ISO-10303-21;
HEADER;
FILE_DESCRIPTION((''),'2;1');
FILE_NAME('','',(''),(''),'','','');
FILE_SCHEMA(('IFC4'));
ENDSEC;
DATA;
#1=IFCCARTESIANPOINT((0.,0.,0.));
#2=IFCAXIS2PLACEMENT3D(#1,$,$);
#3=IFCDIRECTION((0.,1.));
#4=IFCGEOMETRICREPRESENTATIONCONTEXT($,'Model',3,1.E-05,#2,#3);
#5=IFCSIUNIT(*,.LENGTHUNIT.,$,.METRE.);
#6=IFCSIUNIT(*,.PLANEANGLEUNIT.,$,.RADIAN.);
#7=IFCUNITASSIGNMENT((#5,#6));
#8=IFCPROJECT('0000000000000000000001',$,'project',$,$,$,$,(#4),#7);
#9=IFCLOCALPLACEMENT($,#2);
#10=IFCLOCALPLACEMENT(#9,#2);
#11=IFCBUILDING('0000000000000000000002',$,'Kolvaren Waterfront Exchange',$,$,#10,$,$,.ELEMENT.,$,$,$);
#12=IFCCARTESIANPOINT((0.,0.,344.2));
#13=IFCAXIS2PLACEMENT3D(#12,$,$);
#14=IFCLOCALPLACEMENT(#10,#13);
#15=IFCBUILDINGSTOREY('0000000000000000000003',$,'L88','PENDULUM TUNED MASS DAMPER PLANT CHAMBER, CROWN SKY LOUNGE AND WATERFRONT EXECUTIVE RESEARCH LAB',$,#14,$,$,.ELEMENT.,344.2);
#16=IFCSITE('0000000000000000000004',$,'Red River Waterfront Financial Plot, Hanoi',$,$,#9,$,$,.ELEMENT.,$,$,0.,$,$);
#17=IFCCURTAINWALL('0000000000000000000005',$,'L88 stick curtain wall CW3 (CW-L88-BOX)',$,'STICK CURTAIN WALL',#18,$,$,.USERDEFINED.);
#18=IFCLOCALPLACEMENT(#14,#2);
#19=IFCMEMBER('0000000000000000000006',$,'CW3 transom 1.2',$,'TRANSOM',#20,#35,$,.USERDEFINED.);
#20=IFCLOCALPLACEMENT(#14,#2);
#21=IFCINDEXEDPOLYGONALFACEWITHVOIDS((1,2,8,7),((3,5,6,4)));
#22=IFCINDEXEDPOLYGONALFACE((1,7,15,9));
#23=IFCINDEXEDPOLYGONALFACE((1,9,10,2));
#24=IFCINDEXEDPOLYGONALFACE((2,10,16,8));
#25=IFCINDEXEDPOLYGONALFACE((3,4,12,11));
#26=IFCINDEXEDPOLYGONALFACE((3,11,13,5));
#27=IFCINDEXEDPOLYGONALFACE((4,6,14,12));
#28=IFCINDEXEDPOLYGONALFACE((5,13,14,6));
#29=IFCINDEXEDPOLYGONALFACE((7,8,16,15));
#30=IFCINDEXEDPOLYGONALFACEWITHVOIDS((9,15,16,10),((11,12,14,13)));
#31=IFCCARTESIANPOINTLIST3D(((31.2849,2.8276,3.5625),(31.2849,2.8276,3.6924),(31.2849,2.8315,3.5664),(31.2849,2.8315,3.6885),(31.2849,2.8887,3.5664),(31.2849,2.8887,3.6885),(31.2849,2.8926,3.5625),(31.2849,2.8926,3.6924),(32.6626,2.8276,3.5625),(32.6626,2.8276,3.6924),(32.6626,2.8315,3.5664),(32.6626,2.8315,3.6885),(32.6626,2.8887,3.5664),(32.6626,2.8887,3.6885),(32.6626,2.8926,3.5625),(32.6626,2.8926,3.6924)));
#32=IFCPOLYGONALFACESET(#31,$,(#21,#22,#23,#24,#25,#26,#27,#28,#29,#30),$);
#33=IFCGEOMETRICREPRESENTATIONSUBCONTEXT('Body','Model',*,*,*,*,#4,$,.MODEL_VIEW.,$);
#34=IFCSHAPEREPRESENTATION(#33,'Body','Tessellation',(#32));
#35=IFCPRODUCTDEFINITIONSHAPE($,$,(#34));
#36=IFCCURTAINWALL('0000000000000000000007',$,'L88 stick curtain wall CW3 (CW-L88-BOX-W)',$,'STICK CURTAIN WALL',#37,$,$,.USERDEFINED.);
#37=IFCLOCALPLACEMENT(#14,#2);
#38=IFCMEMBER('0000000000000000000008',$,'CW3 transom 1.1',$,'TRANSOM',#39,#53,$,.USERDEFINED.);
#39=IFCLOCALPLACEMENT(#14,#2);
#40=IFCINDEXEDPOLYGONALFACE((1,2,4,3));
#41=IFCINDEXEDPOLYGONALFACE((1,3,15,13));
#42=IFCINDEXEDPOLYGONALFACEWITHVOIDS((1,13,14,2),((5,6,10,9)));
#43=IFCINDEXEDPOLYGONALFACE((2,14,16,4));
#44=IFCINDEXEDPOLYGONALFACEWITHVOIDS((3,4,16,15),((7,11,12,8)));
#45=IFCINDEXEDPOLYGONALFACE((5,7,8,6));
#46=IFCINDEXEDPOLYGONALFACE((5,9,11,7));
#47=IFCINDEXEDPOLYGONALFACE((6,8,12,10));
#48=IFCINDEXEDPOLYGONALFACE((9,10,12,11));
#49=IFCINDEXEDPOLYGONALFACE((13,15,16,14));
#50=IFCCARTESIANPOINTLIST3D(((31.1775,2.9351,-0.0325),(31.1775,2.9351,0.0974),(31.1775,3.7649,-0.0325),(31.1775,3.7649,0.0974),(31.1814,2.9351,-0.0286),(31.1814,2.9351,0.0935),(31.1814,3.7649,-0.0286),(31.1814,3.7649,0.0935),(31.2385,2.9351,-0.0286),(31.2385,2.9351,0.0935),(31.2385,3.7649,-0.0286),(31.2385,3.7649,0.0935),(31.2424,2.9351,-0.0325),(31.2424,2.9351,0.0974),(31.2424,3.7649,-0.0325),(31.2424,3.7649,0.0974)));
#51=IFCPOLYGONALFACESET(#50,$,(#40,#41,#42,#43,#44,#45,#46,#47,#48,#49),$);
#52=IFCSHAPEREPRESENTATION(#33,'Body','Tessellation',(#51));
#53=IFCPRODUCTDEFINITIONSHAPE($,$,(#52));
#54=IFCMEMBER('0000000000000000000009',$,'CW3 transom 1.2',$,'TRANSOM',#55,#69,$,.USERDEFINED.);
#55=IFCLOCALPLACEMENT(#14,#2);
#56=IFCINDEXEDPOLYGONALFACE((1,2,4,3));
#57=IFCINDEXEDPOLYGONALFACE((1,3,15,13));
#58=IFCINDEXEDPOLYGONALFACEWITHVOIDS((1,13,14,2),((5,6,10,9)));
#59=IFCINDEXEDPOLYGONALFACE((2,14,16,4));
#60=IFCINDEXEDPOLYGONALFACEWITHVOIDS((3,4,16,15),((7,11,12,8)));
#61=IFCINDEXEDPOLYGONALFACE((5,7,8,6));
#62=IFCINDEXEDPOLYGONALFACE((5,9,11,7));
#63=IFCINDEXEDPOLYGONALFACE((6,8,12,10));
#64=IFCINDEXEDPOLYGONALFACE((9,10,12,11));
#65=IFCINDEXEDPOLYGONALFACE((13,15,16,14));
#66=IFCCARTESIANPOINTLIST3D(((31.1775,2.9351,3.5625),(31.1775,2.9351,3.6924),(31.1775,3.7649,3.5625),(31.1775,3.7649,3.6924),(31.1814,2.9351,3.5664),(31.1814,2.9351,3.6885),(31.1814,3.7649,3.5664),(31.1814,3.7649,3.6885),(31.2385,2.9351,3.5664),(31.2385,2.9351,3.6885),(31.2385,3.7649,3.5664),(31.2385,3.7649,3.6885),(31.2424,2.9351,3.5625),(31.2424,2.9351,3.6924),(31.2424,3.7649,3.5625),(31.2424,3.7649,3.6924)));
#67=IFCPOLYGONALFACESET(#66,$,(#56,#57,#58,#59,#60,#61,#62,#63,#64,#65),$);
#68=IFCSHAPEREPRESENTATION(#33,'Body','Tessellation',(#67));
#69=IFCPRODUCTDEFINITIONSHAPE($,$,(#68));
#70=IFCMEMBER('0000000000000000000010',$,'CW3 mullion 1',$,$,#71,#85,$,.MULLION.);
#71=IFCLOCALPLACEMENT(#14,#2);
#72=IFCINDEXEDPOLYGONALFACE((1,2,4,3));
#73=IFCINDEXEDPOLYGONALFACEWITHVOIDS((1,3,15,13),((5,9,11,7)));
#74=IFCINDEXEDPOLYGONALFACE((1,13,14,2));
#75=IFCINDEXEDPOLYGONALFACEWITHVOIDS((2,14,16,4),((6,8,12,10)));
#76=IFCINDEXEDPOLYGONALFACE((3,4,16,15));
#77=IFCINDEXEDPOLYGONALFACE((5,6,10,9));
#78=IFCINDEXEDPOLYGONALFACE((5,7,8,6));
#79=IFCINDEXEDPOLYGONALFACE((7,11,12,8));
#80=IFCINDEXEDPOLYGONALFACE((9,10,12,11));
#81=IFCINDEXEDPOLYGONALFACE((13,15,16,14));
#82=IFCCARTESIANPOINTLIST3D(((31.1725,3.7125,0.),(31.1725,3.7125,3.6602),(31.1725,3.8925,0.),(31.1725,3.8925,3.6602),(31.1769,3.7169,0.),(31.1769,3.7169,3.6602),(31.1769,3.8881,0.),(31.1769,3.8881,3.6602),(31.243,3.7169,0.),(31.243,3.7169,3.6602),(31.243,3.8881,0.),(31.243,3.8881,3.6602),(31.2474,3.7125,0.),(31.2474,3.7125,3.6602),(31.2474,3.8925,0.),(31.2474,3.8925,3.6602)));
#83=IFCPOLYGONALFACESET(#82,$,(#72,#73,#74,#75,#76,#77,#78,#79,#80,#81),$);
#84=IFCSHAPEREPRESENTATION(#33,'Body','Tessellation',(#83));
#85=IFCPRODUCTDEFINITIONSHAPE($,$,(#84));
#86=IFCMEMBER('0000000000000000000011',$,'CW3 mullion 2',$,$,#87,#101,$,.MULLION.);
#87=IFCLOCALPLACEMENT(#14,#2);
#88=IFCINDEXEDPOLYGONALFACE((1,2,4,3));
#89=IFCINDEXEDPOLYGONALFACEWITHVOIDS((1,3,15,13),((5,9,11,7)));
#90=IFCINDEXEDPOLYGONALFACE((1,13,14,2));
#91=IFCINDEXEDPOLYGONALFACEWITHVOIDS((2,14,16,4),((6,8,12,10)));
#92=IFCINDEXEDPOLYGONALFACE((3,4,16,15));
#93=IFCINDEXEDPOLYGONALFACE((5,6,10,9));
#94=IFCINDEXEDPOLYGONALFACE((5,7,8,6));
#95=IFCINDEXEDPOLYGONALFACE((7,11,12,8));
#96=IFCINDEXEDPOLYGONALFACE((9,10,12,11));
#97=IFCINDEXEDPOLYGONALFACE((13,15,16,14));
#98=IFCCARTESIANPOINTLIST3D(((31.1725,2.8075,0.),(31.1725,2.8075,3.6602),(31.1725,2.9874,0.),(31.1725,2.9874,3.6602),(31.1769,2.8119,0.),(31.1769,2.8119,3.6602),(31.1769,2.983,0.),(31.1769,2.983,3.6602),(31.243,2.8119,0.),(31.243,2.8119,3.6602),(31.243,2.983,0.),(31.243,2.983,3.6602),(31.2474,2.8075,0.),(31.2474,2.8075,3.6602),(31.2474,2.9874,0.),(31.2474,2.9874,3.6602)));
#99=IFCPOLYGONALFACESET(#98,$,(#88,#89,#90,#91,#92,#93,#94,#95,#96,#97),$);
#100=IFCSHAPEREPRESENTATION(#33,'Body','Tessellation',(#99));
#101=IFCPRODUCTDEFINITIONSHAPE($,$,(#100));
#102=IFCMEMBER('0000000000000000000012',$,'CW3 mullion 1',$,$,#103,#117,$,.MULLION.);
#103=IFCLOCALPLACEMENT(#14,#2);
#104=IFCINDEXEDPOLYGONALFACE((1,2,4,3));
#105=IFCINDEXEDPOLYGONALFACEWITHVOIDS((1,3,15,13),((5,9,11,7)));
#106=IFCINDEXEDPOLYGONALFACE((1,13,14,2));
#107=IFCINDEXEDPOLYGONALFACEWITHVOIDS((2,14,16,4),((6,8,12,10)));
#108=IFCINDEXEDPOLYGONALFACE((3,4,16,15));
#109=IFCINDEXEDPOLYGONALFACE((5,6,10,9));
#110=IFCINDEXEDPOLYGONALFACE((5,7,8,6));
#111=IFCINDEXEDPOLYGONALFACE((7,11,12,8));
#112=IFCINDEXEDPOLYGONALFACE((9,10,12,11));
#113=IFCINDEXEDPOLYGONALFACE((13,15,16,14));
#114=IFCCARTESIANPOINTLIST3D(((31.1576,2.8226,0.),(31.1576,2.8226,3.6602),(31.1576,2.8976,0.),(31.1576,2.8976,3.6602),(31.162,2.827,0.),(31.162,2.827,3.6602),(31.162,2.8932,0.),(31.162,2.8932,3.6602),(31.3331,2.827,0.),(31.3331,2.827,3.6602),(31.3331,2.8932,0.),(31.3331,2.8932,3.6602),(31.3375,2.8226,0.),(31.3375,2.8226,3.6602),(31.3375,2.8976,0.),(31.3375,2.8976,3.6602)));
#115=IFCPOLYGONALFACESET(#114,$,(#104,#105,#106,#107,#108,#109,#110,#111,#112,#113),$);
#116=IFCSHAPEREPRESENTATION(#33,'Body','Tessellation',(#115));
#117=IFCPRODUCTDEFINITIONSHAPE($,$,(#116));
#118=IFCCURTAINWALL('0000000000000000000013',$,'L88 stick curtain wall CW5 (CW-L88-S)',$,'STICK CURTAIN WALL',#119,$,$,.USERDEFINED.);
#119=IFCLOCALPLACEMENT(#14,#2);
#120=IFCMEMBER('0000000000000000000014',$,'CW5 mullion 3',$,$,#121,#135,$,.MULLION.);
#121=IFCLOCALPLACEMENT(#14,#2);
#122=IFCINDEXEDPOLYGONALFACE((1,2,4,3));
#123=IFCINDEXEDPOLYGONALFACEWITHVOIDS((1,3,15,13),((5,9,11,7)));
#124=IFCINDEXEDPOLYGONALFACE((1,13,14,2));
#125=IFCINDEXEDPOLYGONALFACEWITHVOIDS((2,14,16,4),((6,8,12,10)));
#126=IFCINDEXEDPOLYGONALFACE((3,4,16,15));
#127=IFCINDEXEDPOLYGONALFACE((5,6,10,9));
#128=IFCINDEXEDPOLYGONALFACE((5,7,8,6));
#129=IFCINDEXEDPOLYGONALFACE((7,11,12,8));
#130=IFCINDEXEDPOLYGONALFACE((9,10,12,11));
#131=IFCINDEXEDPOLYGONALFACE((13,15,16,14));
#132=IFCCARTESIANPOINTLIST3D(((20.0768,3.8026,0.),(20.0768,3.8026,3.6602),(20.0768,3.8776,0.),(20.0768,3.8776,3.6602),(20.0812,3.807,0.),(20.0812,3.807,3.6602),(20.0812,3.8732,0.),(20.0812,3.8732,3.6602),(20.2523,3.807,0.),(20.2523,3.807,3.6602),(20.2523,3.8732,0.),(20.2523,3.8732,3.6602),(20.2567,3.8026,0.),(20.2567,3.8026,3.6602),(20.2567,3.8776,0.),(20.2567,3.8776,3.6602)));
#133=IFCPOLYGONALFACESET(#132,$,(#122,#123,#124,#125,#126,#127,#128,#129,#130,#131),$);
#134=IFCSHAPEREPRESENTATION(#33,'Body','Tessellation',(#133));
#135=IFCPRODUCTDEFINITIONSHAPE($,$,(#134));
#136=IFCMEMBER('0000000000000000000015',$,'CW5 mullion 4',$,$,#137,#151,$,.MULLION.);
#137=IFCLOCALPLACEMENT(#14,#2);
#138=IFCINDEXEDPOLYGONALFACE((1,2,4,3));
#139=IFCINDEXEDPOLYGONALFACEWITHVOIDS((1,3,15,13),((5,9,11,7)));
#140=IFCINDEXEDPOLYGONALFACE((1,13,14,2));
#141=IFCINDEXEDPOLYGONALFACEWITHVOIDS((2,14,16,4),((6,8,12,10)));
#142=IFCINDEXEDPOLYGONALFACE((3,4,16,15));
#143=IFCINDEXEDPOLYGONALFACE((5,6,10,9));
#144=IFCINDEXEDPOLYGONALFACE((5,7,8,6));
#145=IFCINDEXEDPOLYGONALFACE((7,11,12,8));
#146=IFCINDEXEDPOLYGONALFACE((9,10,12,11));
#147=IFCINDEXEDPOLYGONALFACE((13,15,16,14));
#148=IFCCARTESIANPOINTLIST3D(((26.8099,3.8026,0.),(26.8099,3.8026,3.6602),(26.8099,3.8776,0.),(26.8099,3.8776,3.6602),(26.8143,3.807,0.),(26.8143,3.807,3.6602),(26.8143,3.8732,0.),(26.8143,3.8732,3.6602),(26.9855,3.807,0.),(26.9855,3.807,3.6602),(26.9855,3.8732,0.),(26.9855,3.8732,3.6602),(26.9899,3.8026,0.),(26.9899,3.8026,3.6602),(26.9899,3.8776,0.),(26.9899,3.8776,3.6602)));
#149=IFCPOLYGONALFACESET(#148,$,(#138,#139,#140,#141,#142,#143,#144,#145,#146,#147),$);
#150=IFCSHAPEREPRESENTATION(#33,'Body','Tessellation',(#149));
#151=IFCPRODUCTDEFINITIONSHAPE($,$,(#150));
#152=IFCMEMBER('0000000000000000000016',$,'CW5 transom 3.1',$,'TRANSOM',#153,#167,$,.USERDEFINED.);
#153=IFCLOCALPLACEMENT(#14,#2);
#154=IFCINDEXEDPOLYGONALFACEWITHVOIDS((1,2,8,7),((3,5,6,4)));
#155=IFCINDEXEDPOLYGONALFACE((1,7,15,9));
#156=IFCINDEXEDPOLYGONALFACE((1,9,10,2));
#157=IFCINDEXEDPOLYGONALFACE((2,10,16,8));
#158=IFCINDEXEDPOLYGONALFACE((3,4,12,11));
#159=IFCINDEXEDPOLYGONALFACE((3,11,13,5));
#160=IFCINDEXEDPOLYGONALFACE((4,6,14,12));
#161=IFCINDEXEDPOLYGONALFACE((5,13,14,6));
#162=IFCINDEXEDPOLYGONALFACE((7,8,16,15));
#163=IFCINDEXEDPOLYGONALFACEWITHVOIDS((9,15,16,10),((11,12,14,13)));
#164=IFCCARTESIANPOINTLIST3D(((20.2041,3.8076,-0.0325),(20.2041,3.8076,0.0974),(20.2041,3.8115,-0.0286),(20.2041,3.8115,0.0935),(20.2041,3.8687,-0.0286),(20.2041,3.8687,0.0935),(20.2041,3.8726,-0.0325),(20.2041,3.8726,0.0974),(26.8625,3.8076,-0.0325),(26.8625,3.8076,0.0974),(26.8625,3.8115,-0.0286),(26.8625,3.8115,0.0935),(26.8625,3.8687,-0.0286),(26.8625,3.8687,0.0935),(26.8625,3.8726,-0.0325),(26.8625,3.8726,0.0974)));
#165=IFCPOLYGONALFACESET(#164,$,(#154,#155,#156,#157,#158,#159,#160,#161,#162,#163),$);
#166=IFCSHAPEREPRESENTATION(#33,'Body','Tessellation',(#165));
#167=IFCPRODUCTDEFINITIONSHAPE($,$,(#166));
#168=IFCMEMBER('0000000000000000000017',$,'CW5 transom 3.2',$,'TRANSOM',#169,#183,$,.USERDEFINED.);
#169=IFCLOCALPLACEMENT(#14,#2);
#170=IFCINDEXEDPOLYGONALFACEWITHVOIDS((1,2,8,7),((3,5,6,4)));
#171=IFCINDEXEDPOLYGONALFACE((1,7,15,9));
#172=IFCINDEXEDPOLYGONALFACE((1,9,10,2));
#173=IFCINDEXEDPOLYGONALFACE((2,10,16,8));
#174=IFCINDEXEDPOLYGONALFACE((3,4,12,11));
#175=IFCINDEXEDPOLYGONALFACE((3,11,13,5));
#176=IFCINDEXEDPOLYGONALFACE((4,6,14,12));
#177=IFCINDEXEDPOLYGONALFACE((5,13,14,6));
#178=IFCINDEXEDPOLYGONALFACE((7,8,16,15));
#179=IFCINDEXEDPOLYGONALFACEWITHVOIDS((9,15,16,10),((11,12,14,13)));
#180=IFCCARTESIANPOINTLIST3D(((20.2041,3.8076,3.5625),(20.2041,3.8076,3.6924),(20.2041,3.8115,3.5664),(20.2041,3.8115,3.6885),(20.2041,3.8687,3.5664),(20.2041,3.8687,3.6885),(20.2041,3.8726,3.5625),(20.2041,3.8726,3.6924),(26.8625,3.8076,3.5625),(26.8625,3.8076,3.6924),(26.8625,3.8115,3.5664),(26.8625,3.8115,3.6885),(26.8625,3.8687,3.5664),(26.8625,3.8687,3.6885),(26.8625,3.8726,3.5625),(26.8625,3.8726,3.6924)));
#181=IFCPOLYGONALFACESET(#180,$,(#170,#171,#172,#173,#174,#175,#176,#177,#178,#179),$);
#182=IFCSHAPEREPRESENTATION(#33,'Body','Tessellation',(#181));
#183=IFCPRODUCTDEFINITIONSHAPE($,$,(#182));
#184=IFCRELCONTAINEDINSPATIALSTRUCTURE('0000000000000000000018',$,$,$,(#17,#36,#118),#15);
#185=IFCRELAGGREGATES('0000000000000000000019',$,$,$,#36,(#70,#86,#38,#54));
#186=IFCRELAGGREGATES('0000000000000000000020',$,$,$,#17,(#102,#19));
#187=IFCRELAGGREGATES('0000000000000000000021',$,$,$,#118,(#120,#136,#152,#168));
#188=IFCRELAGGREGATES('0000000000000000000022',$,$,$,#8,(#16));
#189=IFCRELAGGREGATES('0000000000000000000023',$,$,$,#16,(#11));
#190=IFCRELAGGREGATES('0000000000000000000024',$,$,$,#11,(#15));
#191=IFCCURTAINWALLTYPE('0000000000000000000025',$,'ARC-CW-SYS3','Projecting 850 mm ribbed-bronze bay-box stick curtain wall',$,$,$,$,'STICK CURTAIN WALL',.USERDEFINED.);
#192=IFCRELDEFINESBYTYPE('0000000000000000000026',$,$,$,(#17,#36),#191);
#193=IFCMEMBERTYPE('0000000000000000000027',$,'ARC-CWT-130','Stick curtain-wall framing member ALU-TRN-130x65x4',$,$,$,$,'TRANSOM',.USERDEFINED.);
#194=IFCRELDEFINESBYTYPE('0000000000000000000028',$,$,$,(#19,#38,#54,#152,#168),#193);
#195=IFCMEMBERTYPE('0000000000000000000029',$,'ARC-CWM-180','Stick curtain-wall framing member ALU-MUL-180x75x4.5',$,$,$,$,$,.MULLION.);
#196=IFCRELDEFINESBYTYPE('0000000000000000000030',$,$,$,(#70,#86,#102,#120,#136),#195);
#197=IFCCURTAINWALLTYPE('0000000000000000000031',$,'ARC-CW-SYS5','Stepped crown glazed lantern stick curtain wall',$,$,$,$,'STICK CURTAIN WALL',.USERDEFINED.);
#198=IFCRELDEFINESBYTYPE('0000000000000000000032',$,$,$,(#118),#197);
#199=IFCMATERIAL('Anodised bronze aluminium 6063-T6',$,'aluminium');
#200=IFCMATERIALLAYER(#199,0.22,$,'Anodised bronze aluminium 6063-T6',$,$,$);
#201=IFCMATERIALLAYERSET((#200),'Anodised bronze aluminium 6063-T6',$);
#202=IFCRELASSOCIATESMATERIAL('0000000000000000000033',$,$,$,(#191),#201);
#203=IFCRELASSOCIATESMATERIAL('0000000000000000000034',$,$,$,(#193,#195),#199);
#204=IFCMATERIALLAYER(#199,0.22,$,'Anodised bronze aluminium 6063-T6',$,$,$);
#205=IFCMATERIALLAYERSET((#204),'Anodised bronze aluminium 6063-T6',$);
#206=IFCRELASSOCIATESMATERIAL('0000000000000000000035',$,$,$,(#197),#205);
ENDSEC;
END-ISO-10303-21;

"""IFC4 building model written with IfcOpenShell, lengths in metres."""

from ifc_helpers import new_model, si_unit, direction, frame, origin, origin_with_axes, origin_2d, place, context, subcontext, project, spatial, hollow_rectangle, extrude, source, transform, mapped, material, layer, layer_set, material_profile, profile_set, type_object, element, aggregate, save


model = new_model("IFC4")

# Units and contexts
model_context = context("Model", 3, precision=1e-05, world=origin(), true_north=direction((0.0, 1.0)))
body_context = subcontext(model_context, "Body", "Model", "MODEL_VIEW")
ifc_project = project(units=[si_unit("LENGTHUNIT", "METRE"), si_unit("PLANEANGLEUNIT", "RADIAN")], contexts=[model_context])

# Site, building, storey
site_placement = place(None, origin())
site = spatial("IfcSite", under=ifc_project, at=site_placement, Name="Red River Waterfront Financial Plot, Hanoi", CompositionType="ELEMENT", RefElevation=0.0)
building_placement = place(site_placement, origin())
building = spatial("IfcBuilding", under=site, at=building_placement, Name="Kolvaren Waterfront Exchange", CompositionType="ELEMENT")
storey_placement = place(building_placement, frame((0.0, 0.0, 344.2)))
storey = spatial("IfcBuildingStorey", under=building, at=storey_placement, Name="L88", Description="PENDULUM TUNED MASS DAMPER PLANT CHAMBER, CROWN SKY LOUNGE AND WATERFRONT EXECUTIVE RESEARCH LAB", CompositionType="ELEMENT", Elevation=344.2)

# Curtain walls, members
ifc_material_1 = material(Name="Anodised bronze aluminium 6063-T6", Category="aluminium")
ifc_layer_1 = layer(ifc_material_1, 0.22, Name="Anodised bronze aluminium 6063-T6")
ifc_layer_set_1 = layer_set([ifc_layer_1], Name="Anodised bronze aluminium 6063-T6")
curtain_wall_type_1 = type_object("IfcCurtainWallType", Name="ARC-CW-SYS3", Description="Projecting 850 mm ribbed-bronze bay-box stick curtain wall", ElementType="STICK CURTAIN WALL", PredefinedType="USERDEFINED", material=ifc_layer_set_1)
curtain_wall_1_placement = place(storey_placement, origin())
curtain_wall_1 = element("IfcCurtainWall", 1, at=curtain_wall_1_placement, inside=storey, type_object=curtain_wall_type_1, Name="L88 stick curtain wall CW3 (CW-L88-BOX)", ObjectType="STICK CURTAIN WALL", PredefinedType="USERDEFINED")
ifc_material_profile_1 = material_profile(ifc_material_1, hollow_rectangle(XDim=0.0649, YDim=0.1299, WallThickness=0.0039, at=origin_2d()), Name="ALU-TRN-130x65x4")
ifc_profile_set_1 = profile_set([ifc_material_profile_1], Name="Anodised bronze aluminium 6063-T6")
member_type_1 = type_object("IfcMemberType", Name="ARC-CWT-130", Description="Stick curtain-wall framing member ALU-TRN-130x65x4", ElementType="TRANSOM", PredefinedType="USERDEFINED", material=ifc_profile_set_1)
shared_shape_1 = source(origin_with_axes(), body_context, "Body", "SweptSolid", [
    extrude(hollow_rectangle(XDim=0.0649, YDim=0.1299, WallThickness=0.0039, at=origin_2d()), origin(), (0.0, 0.0, 1.0), 1.3777),
])
member_1_placement = place(storey_placement, frame((31.2849, 2.8601, 3.6274), z_axis=(1.0, 0.0, 0.0), x_axis=(0.0, 1.0, 0.0)))
member_1 = element("IfcMember", 2, at=member_1_placement, type_object=member_type_1, Name="CW3 transom 1.2", ObjectType="TRANSOM", PredefinedType="USERDEFINED", context=body_context, shape_type="MappedRepresentation", body=[
    mapped(shared_shape_1, transform((0.0, 0.0, 0.0), x_axis=(1.0, 0.0, 0.0), y_axis=(0.0, 1.0, 0.0), z_axis=(0.0, 0.0, 1.0), scale=1.0)),
])
curtain_wall_2_placement = place(storey_placement, origin())
curtain_wall_2 = element("IfcCurtainWall", 3, at=curtain_wall_2_placement, inside=storey, type_object=curtain_wall_type_1, Name="L88 stick curtain wall CW3 (CW-L88-BOX-W)", ObjectType="STICK CURTAIN WALL", PredefinedType="USERDEFINED")
shared_shape_2 = source(origin_with_axes(), body_context, "Body", "SweptSolid", [
    extrude(hollow_rectangle(XDim=0.0649, YDim=0.1299, WallThickness=0.0039, at=origin_2d()), origin(), (0.0, 0.0, 1.0), 0.8298),
])
member_2_placement = place(storey_placement, frame((31.21, 3.7649, 0.0325), z_axis=(0.0, -1.0, 0.0), x_axis=(1.0, 0.0, 0.0)))
member_2 = element("IfcMember", 4, at=member_2_placement, type_object=member_type_1, Name="CW3 transom 1.1", ObjectType="TRANSOM", PredefinedType="USERDEFINED", context=body_context, shape_type="MappedRepresentation", body=[
    mapped(shared_shape_2, transform((0.0, 0.0, 0.0), x_axis=(1.0, 0.0, 0.0), y_axis=(0.0, 1.0, 0.0), z_axis=(0.0, 0.0, 1.0), scale=1.0)),
])
member_3_placement = place(storey_placement, frame((31.21, 3.7649, 3.6274), z_axis=(0.0, -1.0, 0.0), x_axis=(1.0, 0.0, 0.0)))
member_3 = element("IfcMember", 5, at=member_3_placement, type_object=member_type_1, Name="CW3 transom 1.2", ObjectType="TRANSOM", PredefinedType="USERDEFINED", context=body_context, shape_type="MappedRepresentation", body=[
    mapped(shared_shape_2, transform((0.0, 0.0, 0.0), x_axis=(1.0, 0.0, 0.0), y_axis=(0.0, 1.0, 0.0), z_axis=(0.0, 0.0, 1.0), scale=1.0)),
])
ifc_material_profile_2 = material_profile(ifc_material_1, hollow_rectangle(XDim=0.075, YDim=0.1799, WallThickness=0.0044, at=origin_2d()), Name="ALU-MUL-180x75x4.5")
ifc_profile_set_2 = profile_set([ifc_material_profile_2], Name="Anodised bronze aluminium 6063-T6")
member_type_2 = type_object("IfcMemberType", Name="ARC-CWM-180", Description="Stick curtain-wall framing member ALU-MUL-180x75x4.5", PredefinedType="MULLION", material=ifc_profile_set_2)
shared_shape_3 = source(origin_with_axes(), body_context, "Body", "SweptSolid", [
    extrude(hollow_rectangle(XDim=0.075, YDim=0.1799, WallThickness=0.0044, at=origin_2d()), origin(), (0.0, 0.0, 1.0), 3.6602),
])
member_4_placement = place(storey_placement, frame((31.21, 3.8025, 0.0), z_axis=(0.0, 0.0, 1.0), x_axis=(1.0, 0.0, 0.0)))
member_4 = element("IfcMember", 6, at=member_4_placement, type_object=member_type_2, Name="CW3 mullion 1", PredefinedType="MULLION", context=body_context, shape_type="MappedRepresentation", body=[
    mapped(shared_shape_3, transform((0.0, 0.0, 0.0), x_axis=(1.0, 0.0, 0.0), y_axis=(0.0, 1.0, 0.0), z_axis=(0.0, 0.0, 1.0), scale=1.0)),
])
member_5_placement = place(storey_placement, frame((31.21, 2.8975, 0.0), z_axis=(0.0, 0.0, 1.0), x_axis=(1.0, 0.0, 0.0)))
member_5 = element("IfcMember", 7, at=member_5_placement, type_object=member_type_2, Name="CW3 mullion 2", PredefinedType="MULLION", context=body_context, shape_type="MappedRepresentation", body=[
    mapped(shared_shape_3, transform((0.0, 0.0, 0.0), x_axis=(1.0, 0.0, 0.0), y_axis=(0.0, 1.0, 0.0), z_axis=(0.0, 0.0, 1.0), scale=1.0)),
])

# Member
member_6_placement = place(storey_placement, frame((31.2476, 2.8601, 0.0), z_axis=(0.0, 0.0, 1.0), x_axis=(0.0, 1.0, 0.0)))
member_6 = element("IfcMember", 8, at=member_6_placement, type_object=member_type_2, Name="CW3 mullion 1", PredefinedType="MULLION", context=body_context, shape_type="MappedRepresentation", body=[
    mapped(shared_shape_3, transform((0.0, 0.0, 0.0), x_axis=(1.0, 0.0, 0.0), y_axis=(0.0, 1.0, 0.0), z_axis=(0.0, 0.0, 1.0), scale=1.0)),
])

# Curtain wall, members
ifc_layer_2 = layer(ifc_material_1, 0.22, Name="Anodised bronze aluminium 6063-T6")
ifc_layer_set_2 = layer_set([ifc_layer_2], Name="Anodised bronze aluminium 6063-T6")
curtain_wall_type_2 = type_object("IfcCurtainWallType", Name="ARC-CW-SYS5", Description="Stepped crown glazed lantern stick curtain wall", ElementType="STICK CURTAIN WALL", PredefinedType="USERDEFINED", material=ifc_layer_set_2)
curtain_wall_3_placement = place(storey_placement, origin())
curtain_wall_3 = element("IfcCurtainWall", 9, at=curtain_wall_3_placement, inside=storey, type_object=curtain_wall_type_2, Name="L88 stick curtain wall CW5 (CW-L88-S)", ObjectType="STICK CURTAIN WALL", PredefinedType="USERDEFINED")
member_7_placement = place(storey_placement, frame((20.1667, 3.8401, 0.0), z_axis=(0.0, 0.0, 1.0), x_axis=(0.0, 1.0, 0.0)))
member_7 = element("IfcMember", 10, at=member_7_placement, type_object=member_type_2, Name="CW5 mullion 3", PredefinedType="MULLION", context=body_context, shape_type="MappedRepresentation", body=[
    mapped(shared_shape_3, transform((0.0, 0.0, 0.0), x_axis=(1.0, 0.0, 0.0), y_axis=(0.0, 1.0, 0.0), z_axis=(0.0, 0.0, 1.0), scale=1.0)),
])
member_8_placement = place(storey_placement, frame((26.8999, 3.8401, 0.0), z_axis=(0.0, 0.0, 1.0), x_axis=(0.0, 1.0, 0.0)))
member_8 = element("IfcMember", 11, at=member_8_placement, type_object=member_type_2, Name="CW5 mullion 4", PredefinedType="MULLION", context=body_context, shape_type="MappedRepresentation", body=[
    mapped(shared_shape_3, transform((0.0, 0.0, 0.0), x_axis=(1.0, 0.0, 0.0), y_axis=(0.0, 1.0, 0.0), z_axis=(0.0, 0.0, 1.0), scale=1.0)),
])
shared_shape_4 = source(origin_with_axes(), body_context, "Body", "SweptSolid", [
    extrude(hollow_rectangle(XDim=0.0649, YDim=0.1299, WallThickness=0.0039, at=origin_2d()), origin(), (0.0, 0.0, 1.0), 6.6584),
])
member_9_placement = place(storey_placement, frame((20.2041, 3.8401, 0.0325), z_axis=(1.0, 0.0, 0.0), x_axis=(0.0, 1.0, 0.0)))
member_9 = element("IfcMember", 12, at=member_9_placement, type_object=member_type_1, Name="CW5 transom 3.1", ObjectType="TRANSOM", PredefinedType="USERDEFINED", context=body_context, shape_type="MappedRepresentation", body=[
    mapped(shared_shape_4, transform((0.0, 0.0, 0.0), x_axis=(1.0, 0.0, 0.0), y_axis=(0.0, 1.0, 0.0), z_axis=(0.0, 0.0, 1.0), scale=1.0)),
])
member_10_placement = place(storey_placement, frame((20.2041, 3.8401, 3.6274), z_axis=(1.0, 0.0, 0.0), x_axis=(0.0, 1.0, 0.0)))
member_10 = element("IfcMember", 13, at=member_10_placement, type_object=member_type_1, Name="CW5 transom 3.2", ObjectType="TRANSOM", PredefinedType="USERDEFINED", context=body_context, shape_type="MappedRepresentation", body=[
    mapped(shared_shape_4, transform((0.0, 0.0, 0.0), x_axis=(1.0, 0.0, 0.0), y_axis=(0.0, 1.0, 0.0), z_axis=(0.0, 0.0, 1.0), scale=1.0)),
])

aggregate(curtain_wall_2, [member_4, member_5, member_2, member_3])
aggregate(curtain_wall_1, [member_6, member_1])
aggregate(curtain_wall_3, [member_7, member_8, member_9, member_10])

save(model, "model.ifc")
